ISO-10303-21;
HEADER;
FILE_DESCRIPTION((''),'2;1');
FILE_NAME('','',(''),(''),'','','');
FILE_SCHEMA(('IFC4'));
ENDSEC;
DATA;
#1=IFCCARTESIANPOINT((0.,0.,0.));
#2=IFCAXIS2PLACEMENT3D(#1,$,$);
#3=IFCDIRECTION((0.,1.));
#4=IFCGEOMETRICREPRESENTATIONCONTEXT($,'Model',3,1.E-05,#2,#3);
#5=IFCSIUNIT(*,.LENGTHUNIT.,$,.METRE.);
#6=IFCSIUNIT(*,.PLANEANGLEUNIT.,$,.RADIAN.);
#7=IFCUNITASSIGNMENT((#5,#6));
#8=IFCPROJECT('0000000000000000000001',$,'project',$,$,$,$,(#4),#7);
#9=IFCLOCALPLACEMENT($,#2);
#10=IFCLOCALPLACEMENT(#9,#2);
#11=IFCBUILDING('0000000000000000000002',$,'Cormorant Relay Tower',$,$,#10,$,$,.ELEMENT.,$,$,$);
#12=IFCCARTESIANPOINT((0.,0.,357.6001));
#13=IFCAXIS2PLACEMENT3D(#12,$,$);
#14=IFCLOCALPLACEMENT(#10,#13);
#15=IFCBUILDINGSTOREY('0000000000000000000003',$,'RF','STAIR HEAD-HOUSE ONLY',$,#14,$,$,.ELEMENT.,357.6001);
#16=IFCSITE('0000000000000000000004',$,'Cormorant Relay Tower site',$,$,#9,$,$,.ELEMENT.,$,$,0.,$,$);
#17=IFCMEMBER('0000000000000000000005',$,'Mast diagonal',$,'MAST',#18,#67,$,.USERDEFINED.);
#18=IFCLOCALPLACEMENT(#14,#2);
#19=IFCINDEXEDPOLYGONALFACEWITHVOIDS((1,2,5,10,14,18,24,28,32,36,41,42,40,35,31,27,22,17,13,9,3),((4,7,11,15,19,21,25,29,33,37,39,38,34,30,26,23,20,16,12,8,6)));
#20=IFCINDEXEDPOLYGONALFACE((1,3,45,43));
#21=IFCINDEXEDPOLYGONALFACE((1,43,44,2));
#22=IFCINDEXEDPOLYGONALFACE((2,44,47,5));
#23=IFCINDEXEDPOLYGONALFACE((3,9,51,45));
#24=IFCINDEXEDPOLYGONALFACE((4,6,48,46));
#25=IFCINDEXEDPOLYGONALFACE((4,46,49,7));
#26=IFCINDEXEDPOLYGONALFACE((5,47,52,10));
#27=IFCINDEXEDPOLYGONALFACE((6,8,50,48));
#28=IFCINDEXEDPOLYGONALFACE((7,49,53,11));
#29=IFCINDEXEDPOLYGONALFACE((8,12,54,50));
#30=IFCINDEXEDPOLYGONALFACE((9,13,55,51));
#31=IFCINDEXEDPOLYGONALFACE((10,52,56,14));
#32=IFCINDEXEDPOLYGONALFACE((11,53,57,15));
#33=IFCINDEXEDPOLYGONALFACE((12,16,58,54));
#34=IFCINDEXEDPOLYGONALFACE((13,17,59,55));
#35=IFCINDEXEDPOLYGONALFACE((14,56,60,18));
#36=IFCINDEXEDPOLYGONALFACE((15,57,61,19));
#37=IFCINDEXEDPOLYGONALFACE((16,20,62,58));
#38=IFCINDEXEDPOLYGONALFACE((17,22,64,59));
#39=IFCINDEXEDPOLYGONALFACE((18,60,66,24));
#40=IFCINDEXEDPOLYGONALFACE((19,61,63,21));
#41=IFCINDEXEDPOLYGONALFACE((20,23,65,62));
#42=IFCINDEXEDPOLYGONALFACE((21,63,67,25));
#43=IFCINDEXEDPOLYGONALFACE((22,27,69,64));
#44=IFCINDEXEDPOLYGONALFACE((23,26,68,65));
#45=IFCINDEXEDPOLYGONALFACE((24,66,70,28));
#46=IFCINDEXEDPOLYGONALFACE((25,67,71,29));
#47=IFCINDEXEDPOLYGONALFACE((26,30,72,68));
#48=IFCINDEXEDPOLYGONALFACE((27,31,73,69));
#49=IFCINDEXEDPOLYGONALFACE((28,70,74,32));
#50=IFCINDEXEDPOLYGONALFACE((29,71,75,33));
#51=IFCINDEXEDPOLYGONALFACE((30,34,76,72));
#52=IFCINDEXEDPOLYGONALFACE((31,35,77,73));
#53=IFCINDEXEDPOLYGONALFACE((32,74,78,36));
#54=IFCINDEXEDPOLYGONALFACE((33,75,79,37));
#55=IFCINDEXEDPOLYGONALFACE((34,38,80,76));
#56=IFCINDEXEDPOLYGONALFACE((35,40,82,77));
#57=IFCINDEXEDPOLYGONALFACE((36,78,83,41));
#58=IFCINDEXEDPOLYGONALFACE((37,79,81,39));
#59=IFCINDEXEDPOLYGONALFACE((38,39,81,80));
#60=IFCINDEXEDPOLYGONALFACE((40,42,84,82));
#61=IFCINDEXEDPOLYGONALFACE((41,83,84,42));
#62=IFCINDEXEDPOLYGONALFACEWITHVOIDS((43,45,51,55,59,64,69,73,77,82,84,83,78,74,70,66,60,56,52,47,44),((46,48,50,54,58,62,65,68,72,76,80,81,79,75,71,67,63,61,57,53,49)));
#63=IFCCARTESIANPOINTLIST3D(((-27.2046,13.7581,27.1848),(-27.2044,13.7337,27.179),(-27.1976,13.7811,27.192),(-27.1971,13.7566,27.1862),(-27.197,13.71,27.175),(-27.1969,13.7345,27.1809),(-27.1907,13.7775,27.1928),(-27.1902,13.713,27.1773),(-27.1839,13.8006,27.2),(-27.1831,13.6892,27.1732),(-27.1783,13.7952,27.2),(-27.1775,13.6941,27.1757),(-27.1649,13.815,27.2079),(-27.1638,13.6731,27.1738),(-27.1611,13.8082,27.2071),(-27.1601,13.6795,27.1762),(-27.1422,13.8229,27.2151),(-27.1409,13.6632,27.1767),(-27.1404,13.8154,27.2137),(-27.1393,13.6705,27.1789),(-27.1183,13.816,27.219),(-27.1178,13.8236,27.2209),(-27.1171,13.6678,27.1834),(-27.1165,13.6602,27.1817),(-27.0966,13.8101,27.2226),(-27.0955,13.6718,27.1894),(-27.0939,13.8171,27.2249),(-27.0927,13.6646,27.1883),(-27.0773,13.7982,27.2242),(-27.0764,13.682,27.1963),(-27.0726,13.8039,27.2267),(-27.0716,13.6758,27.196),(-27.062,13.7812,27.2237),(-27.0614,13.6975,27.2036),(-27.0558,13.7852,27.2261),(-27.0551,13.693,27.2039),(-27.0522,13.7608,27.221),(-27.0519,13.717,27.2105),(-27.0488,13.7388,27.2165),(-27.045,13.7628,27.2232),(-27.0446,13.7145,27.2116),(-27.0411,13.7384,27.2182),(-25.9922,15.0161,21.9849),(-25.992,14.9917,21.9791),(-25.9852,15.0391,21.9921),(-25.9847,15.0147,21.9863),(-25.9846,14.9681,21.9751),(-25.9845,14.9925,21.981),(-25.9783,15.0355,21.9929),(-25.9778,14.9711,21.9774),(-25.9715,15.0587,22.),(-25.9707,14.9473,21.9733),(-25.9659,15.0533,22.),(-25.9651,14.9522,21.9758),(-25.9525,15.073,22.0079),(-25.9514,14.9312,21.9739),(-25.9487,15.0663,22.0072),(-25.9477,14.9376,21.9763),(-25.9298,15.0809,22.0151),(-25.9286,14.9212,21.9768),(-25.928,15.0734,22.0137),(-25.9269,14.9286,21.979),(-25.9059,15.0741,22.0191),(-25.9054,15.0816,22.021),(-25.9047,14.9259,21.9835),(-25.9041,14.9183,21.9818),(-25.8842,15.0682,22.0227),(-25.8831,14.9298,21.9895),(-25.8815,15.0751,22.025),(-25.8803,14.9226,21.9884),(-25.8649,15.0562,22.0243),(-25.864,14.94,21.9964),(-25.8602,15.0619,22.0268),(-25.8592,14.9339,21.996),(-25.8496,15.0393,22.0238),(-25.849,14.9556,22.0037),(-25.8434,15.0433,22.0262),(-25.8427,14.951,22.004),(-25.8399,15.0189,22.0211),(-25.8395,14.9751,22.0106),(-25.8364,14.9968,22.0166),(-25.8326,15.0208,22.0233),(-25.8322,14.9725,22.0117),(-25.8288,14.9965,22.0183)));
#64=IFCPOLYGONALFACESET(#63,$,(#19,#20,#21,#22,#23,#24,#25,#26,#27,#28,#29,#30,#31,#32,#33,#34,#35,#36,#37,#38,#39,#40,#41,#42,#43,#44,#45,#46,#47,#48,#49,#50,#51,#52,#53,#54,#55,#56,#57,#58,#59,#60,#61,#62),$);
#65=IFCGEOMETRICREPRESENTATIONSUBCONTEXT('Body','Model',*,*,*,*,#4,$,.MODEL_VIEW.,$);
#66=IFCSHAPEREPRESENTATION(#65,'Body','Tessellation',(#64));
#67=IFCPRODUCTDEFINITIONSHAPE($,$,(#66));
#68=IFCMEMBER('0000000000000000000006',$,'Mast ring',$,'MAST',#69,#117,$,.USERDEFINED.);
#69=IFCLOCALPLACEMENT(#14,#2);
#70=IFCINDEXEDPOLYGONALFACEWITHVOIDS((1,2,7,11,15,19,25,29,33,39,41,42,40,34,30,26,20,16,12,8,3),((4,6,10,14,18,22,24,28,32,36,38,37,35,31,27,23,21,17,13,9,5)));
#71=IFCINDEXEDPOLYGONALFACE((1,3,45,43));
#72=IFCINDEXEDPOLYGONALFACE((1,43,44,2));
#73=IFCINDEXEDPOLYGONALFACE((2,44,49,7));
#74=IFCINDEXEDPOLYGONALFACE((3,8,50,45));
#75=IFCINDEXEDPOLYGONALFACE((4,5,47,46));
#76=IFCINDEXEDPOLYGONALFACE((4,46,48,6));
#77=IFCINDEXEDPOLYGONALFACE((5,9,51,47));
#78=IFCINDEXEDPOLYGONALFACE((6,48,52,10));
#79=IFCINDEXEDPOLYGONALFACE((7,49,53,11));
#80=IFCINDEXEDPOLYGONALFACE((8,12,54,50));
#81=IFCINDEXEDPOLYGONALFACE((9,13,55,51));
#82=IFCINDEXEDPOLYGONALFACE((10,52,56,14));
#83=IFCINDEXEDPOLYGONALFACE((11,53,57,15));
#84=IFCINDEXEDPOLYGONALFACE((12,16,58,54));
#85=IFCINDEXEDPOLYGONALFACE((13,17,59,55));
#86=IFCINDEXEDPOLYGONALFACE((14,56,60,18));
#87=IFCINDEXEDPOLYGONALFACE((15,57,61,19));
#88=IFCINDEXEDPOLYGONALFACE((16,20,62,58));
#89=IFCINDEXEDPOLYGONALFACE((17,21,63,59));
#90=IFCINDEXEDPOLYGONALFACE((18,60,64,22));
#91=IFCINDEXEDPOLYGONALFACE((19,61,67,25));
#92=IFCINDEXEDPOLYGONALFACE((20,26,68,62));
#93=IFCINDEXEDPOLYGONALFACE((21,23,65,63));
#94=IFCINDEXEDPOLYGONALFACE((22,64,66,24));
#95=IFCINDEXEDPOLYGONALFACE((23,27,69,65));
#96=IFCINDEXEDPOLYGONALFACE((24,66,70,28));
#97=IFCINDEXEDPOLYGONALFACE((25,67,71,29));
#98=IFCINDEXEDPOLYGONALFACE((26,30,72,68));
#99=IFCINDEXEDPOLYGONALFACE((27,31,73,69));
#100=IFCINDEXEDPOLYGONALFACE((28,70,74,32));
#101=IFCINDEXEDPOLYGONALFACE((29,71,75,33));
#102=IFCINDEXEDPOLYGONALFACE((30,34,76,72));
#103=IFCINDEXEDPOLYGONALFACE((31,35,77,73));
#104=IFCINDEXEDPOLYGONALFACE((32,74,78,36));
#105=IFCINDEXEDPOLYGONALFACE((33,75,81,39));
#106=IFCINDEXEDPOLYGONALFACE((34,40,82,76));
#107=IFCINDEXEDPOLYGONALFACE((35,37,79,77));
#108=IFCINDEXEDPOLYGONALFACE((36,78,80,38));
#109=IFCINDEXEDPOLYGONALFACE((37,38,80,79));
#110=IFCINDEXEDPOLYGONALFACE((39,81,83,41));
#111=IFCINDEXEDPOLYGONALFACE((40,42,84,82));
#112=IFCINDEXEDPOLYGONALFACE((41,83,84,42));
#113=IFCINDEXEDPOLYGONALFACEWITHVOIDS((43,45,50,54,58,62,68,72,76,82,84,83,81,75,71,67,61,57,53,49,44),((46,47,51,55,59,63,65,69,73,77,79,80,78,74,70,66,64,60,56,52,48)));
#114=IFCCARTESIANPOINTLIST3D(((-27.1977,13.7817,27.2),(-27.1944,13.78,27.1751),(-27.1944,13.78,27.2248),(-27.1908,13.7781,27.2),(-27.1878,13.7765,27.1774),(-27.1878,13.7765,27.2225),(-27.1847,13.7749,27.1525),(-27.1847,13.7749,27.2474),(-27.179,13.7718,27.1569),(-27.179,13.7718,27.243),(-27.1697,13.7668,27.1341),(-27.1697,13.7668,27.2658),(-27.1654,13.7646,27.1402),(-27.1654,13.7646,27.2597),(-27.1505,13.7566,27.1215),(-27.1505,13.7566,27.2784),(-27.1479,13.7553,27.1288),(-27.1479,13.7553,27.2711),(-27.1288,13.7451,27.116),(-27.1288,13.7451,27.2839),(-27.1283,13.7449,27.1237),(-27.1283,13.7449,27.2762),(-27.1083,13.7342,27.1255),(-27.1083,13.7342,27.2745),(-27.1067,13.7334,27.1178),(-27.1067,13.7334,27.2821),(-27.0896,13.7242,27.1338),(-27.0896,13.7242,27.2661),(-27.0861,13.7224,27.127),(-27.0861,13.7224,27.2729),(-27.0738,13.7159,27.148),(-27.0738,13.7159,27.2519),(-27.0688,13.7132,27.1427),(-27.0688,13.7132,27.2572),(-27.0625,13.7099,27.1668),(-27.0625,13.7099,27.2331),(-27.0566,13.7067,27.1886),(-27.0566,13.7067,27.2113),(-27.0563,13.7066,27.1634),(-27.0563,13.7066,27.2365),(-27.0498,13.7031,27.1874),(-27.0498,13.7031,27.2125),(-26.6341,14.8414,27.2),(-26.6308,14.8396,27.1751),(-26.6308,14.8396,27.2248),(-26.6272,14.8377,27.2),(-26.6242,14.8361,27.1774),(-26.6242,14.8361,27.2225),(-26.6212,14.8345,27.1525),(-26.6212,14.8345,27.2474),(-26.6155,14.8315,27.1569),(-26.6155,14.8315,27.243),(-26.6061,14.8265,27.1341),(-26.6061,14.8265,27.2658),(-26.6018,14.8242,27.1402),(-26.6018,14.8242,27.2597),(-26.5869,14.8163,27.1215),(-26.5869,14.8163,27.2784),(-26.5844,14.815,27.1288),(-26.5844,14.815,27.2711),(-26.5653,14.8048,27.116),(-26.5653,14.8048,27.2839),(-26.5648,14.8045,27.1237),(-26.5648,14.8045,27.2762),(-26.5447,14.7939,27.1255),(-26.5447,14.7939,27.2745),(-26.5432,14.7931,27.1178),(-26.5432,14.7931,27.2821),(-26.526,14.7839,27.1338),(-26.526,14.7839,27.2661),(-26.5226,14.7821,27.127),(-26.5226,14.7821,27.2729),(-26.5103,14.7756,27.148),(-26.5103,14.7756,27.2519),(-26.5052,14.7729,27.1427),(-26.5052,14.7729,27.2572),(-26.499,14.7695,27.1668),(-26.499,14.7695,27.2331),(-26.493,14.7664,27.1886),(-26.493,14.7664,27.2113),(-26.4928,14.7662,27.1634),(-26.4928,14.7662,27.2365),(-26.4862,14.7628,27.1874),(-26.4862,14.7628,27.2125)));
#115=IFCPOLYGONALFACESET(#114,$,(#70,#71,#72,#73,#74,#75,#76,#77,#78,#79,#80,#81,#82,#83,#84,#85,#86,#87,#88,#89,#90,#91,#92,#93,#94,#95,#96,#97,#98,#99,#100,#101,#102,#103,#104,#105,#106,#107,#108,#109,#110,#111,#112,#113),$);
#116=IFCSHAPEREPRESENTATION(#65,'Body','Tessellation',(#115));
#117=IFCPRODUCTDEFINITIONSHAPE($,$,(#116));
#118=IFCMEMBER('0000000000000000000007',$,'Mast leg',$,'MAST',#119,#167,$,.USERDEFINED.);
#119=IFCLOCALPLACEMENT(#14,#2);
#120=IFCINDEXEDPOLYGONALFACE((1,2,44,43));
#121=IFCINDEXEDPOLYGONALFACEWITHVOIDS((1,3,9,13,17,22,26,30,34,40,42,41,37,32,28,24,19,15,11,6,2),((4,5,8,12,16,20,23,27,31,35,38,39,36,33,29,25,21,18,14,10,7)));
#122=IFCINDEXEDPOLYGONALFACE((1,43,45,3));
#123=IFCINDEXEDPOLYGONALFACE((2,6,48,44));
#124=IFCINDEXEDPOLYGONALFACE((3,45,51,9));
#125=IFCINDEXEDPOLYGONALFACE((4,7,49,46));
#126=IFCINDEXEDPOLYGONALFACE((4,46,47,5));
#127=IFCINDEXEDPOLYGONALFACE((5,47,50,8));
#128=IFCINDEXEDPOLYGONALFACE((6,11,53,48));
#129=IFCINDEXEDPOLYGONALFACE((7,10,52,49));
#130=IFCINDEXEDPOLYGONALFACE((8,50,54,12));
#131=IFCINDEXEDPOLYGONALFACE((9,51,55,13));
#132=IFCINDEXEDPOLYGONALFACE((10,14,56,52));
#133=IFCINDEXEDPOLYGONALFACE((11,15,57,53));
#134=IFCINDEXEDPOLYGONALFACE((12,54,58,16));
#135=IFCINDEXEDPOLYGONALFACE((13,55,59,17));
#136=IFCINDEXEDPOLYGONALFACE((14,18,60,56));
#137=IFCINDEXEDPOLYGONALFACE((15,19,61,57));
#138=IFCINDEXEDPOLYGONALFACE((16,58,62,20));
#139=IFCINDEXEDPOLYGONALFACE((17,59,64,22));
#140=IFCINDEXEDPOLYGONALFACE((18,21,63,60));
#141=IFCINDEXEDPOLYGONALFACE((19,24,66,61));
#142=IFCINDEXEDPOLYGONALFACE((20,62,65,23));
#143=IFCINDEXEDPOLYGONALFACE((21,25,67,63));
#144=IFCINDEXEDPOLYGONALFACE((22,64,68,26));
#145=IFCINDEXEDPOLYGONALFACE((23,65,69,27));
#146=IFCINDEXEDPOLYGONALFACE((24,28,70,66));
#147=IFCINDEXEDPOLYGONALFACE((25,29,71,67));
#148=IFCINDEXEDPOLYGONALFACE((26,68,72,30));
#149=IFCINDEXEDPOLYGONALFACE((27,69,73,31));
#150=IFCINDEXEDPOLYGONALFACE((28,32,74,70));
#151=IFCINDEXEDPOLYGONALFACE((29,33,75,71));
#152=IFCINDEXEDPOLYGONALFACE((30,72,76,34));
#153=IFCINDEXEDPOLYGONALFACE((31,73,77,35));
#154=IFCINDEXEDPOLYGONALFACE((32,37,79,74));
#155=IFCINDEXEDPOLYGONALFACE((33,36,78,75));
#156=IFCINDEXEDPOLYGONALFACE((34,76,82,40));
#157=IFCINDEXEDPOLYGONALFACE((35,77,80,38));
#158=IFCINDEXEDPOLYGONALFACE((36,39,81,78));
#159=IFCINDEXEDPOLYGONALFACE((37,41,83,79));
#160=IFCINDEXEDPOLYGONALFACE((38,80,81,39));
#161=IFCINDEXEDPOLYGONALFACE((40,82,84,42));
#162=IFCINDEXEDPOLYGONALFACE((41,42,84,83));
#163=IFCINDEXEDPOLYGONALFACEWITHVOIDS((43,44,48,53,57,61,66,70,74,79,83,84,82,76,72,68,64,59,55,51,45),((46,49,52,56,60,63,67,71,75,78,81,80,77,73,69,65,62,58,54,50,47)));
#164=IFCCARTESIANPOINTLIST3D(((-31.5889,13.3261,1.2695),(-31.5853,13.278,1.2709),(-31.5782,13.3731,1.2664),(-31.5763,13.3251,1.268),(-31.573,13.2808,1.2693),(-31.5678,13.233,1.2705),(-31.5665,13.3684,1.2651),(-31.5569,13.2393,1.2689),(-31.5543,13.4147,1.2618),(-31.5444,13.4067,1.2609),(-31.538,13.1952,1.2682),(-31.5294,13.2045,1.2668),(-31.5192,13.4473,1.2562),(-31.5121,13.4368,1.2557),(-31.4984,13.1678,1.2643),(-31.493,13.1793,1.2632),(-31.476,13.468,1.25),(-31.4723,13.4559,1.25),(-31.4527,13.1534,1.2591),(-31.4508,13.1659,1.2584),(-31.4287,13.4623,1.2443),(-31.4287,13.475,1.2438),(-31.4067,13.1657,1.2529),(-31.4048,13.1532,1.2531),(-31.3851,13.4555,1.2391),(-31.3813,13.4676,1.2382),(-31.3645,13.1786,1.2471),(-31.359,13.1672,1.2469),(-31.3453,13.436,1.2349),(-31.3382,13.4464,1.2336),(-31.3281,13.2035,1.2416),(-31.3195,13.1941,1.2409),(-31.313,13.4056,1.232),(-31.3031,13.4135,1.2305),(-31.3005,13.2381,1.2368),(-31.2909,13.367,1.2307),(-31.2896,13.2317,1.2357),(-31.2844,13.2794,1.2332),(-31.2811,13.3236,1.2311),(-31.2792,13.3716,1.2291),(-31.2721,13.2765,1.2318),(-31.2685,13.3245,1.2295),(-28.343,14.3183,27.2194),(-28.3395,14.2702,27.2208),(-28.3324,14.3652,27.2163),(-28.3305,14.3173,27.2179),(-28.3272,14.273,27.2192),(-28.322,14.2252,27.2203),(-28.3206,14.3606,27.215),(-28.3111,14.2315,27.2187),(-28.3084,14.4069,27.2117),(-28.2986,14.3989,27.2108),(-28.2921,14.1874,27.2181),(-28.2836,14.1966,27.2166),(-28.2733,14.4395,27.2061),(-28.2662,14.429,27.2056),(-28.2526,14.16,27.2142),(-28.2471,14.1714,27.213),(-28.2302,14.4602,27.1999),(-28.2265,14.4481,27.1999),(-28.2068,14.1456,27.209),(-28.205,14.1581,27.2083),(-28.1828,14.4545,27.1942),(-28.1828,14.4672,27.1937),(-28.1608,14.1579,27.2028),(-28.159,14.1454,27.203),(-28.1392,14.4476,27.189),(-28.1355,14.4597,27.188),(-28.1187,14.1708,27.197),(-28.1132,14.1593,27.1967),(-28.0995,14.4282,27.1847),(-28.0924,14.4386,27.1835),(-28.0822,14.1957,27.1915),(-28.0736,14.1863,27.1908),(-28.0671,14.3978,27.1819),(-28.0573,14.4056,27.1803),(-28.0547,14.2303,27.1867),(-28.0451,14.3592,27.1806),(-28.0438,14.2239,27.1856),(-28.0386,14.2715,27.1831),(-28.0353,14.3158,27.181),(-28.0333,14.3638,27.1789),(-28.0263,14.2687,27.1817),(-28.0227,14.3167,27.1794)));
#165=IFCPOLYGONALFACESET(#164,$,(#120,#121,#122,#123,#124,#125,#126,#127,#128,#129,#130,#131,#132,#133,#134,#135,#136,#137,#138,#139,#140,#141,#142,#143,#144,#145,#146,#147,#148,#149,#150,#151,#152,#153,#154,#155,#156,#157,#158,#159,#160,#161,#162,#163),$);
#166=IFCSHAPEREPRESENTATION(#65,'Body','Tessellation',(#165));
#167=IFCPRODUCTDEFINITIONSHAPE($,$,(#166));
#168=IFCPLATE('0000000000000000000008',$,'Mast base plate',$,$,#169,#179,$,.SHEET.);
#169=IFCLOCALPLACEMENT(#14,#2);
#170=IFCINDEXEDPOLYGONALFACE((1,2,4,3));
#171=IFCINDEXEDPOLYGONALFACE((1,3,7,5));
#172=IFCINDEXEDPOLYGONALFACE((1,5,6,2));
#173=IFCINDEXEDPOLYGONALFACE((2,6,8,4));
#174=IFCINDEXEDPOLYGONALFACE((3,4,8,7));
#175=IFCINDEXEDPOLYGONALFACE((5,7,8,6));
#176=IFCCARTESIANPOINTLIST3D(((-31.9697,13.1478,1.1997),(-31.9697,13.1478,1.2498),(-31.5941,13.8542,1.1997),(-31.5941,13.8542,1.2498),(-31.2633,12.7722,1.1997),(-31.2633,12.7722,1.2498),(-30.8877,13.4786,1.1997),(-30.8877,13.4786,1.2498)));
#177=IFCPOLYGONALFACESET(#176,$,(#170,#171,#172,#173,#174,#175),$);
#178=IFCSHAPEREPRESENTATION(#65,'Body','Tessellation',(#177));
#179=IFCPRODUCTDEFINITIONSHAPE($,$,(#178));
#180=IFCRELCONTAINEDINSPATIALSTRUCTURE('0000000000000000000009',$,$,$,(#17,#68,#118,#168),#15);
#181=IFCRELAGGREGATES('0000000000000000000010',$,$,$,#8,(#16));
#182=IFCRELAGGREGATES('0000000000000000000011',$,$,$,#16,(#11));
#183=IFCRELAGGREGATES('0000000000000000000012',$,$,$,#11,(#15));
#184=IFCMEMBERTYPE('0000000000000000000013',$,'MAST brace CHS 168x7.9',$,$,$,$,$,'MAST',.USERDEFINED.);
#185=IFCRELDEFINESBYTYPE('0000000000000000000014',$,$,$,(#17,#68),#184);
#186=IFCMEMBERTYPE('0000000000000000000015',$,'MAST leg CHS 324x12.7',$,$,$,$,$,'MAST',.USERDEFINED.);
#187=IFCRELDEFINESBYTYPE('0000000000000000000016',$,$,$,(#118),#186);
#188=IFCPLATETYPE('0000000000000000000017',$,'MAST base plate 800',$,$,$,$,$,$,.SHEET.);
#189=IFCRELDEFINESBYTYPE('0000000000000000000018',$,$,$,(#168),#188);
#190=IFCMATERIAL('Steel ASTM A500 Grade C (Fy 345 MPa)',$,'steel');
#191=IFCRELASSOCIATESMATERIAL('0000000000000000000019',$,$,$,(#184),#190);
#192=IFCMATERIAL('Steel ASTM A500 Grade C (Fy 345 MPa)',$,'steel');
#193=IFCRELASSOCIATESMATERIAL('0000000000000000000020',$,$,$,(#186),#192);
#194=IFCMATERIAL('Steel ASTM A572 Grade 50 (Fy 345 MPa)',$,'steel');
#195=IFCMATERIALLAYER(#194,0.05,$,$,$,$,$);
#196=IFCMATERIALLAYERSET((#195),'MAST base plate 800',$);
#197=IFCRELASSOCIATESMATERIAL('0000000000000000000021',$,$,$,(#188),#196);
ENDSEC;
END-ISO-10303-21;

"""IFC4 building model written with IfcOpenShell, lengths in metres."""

from ifc_helpers import new_model, si_unit, direction, frame, origin, origin_2d, place, context, subcontext, project, spatial, rectangle, hollow_circle, extrude, material, layer, layer_set, material_profile, profile_set, type_object, element, save


model = new_model("IFC4")

# Units and contexts
model_context = context("Model", 3, precision=1e-05, world=origin(), true_north=direction((0.0, 1.0)))
body_context = subcontext(model_context, "Body", "Model", "MODEL_VIEW")
ifc_project = project(units=[si_unit("LENGTHUNIT", "METRE"), si_unit("PLANEANGLEUNIT", "RADIAN")], contexts=[model_context])

# Site, building, storey
site_placement = place(None, origin())
site = spatial("IfcSite", under=ifc_project, at=site_placement, Name="Cormorant Relay Tower site", CompositionType="ELEMENT", RefElevation=0.0)
building_placement = place(site_placement, origin())
building = spatial("IfcBuilding", under=site, at=building_placement, Name="Cormorant Relay Tower", CompositionType="ELEMENT")
storey_placement = place(building_placement, frame((0.0, 0.0, 357.6001)))
storey = spatial("IfcBuildingStorey", under=building, at=storey_placement, Name="RF", Description="STAIR HEAD-HOUSE ONLY", CompositionType="ELEMENT", Elevation=357.6001)

# Members
ifc_material_1 = material(Name="Steel ASTM A500 Grade C (Fy 345 MPa)", Category="steel")
ifc_material_profile_1 = material_profile(ifc_material_1, hollow_circle(Radius=0.0842, WallThickness=0.0078, at=origin_2d()), Name="CHS 168x7.9")
ifc_profile_set_1 = profile_set([ifc_material_profile_1], Name="Steel ASTM A500 Grade C (Fy 345 MPa)")
member_type_1 = type_object("IfcMemberType", Name="MAST brace CHS 168x7.9", ElementType="MAST", PredefinedType="USERDEFINED", material=ifc_profile_set_1)
member_1_placement = place(storey_placement, frame((-27.1233, 13.7422, 27.2), z_axis=(0.221014, 0.229337, -0.947923), x_axis=(-0.720051, 0.693921, 0.0)))
element("IfcMember", 1, at=member_1_placement, inside=storey, type_object=member_type_1, Name="Mast diagonal", ObjectType="MAST", PredefinedType="USERDEFINED", context=body_context, shape_type="SweptSolid", body=[
    extrude(hollow_circle(Radius=0.0842, WallThickness=0.0078, at=origin_2d()), origin(), (0.0, 0.0, 1.0), 5.4856),
])
member_2_placement = place(storey_placement, frame((-27.1233, 13.7422, 27.2), z_axis=(0.469532, 0.882915, 0.0), x_axis=(-0.882915, 0.469532, 0.0)))
element("IfcMember", 2, at=member_2_placement, inside=storey, type_object=member_type_1, Name="Mast ring", ObjectType="MAST", PredefinedType="USERDEFINED", context=body_context, shape_type="SweptSolid", body=[
    extrude(hollow_circle(Radius=0.0842, WallThickness=0.0078, at=origin_2d()), origin(), (0.0, 0.0, 1.0), 1.2002),
])
ifc_material_2 = material(Name="Steel ASTM A500 Grade C (Fy 345 MPa)", Category="steel")
ifc_material_profile_2 = material_profile(ifc_material_2, hollow_circle(Radius=0.1619, WallThickness=0.0127, at=origin_2d()), Name="CHS 324x12.7")
ifc_profile_set_2 = profile_set([ifc_material_profile_2], Name="Steel ASTM A500 Grade C (Fy 345 MPa)")
member_type_2 = type_object("IfcMemberType", Name="MAST leg CHS 324x12.7", ElementType="MAST", PredefinedType="USERDEFINED", material=ifc_profile_set_2)
member_3_placement = place(storey_placement, frame((-31.4287, 13.3132, 1.25), z_axis=(0.124025, 0.037912, 0.991555), x_axis=(-0.292326, 0.956319, 0.0)))
element("IfcMember", 3, at=member_3_placement, inside=storey, type_object=member_type_2, Name="Mast leg", ObjectType="MAST", PredefinedType="USERDEFINED", context=body_context, shape_type="SweptSolid", body=[
    extrude(hollow_circle(Radius=0.1619, WallThickness=0.0127, at=origin_2d()), origin(), (0.0, 0.0, 1.0), 26.1709),
])

# Plate
ifc_material_3 = material(Name="Steel ASTM A572 Grade 50 (Fy 345 MPa)", Category="steel")
ifc_layer_1 = layer(ifc_material_3, 0.05)
ifc_layer_set_1 = layer_set([ifc_layer_1], Name="MAST base plate 800")
plate_type = type_object("IfcPlateType", Name="MAST base plate 800", PredefinedType="SHEET", material=ifc_layer_set_1)
plate_placement = place(storey_placement, frame((-31.4287, 13.3132, 1.1997), z_axis=(0.0, 0.0, 1.0), x_axis=(-0.882948, 0.469472, 0.0)))
element("IfcPlate", 4, at=plate_placement, inside=storey, type_object=plate_type, Name="Mast base plate", PredefinedType="SHEET", context=body_context, shape_type="SweptSolid", body=[
    extrude(rectangle(XDim=0.8, YDim=0.8, at=origin_2d()), origin(), (0.0, 0.0, 1.0), 0.05),
])

save(model, "model.ifc")
